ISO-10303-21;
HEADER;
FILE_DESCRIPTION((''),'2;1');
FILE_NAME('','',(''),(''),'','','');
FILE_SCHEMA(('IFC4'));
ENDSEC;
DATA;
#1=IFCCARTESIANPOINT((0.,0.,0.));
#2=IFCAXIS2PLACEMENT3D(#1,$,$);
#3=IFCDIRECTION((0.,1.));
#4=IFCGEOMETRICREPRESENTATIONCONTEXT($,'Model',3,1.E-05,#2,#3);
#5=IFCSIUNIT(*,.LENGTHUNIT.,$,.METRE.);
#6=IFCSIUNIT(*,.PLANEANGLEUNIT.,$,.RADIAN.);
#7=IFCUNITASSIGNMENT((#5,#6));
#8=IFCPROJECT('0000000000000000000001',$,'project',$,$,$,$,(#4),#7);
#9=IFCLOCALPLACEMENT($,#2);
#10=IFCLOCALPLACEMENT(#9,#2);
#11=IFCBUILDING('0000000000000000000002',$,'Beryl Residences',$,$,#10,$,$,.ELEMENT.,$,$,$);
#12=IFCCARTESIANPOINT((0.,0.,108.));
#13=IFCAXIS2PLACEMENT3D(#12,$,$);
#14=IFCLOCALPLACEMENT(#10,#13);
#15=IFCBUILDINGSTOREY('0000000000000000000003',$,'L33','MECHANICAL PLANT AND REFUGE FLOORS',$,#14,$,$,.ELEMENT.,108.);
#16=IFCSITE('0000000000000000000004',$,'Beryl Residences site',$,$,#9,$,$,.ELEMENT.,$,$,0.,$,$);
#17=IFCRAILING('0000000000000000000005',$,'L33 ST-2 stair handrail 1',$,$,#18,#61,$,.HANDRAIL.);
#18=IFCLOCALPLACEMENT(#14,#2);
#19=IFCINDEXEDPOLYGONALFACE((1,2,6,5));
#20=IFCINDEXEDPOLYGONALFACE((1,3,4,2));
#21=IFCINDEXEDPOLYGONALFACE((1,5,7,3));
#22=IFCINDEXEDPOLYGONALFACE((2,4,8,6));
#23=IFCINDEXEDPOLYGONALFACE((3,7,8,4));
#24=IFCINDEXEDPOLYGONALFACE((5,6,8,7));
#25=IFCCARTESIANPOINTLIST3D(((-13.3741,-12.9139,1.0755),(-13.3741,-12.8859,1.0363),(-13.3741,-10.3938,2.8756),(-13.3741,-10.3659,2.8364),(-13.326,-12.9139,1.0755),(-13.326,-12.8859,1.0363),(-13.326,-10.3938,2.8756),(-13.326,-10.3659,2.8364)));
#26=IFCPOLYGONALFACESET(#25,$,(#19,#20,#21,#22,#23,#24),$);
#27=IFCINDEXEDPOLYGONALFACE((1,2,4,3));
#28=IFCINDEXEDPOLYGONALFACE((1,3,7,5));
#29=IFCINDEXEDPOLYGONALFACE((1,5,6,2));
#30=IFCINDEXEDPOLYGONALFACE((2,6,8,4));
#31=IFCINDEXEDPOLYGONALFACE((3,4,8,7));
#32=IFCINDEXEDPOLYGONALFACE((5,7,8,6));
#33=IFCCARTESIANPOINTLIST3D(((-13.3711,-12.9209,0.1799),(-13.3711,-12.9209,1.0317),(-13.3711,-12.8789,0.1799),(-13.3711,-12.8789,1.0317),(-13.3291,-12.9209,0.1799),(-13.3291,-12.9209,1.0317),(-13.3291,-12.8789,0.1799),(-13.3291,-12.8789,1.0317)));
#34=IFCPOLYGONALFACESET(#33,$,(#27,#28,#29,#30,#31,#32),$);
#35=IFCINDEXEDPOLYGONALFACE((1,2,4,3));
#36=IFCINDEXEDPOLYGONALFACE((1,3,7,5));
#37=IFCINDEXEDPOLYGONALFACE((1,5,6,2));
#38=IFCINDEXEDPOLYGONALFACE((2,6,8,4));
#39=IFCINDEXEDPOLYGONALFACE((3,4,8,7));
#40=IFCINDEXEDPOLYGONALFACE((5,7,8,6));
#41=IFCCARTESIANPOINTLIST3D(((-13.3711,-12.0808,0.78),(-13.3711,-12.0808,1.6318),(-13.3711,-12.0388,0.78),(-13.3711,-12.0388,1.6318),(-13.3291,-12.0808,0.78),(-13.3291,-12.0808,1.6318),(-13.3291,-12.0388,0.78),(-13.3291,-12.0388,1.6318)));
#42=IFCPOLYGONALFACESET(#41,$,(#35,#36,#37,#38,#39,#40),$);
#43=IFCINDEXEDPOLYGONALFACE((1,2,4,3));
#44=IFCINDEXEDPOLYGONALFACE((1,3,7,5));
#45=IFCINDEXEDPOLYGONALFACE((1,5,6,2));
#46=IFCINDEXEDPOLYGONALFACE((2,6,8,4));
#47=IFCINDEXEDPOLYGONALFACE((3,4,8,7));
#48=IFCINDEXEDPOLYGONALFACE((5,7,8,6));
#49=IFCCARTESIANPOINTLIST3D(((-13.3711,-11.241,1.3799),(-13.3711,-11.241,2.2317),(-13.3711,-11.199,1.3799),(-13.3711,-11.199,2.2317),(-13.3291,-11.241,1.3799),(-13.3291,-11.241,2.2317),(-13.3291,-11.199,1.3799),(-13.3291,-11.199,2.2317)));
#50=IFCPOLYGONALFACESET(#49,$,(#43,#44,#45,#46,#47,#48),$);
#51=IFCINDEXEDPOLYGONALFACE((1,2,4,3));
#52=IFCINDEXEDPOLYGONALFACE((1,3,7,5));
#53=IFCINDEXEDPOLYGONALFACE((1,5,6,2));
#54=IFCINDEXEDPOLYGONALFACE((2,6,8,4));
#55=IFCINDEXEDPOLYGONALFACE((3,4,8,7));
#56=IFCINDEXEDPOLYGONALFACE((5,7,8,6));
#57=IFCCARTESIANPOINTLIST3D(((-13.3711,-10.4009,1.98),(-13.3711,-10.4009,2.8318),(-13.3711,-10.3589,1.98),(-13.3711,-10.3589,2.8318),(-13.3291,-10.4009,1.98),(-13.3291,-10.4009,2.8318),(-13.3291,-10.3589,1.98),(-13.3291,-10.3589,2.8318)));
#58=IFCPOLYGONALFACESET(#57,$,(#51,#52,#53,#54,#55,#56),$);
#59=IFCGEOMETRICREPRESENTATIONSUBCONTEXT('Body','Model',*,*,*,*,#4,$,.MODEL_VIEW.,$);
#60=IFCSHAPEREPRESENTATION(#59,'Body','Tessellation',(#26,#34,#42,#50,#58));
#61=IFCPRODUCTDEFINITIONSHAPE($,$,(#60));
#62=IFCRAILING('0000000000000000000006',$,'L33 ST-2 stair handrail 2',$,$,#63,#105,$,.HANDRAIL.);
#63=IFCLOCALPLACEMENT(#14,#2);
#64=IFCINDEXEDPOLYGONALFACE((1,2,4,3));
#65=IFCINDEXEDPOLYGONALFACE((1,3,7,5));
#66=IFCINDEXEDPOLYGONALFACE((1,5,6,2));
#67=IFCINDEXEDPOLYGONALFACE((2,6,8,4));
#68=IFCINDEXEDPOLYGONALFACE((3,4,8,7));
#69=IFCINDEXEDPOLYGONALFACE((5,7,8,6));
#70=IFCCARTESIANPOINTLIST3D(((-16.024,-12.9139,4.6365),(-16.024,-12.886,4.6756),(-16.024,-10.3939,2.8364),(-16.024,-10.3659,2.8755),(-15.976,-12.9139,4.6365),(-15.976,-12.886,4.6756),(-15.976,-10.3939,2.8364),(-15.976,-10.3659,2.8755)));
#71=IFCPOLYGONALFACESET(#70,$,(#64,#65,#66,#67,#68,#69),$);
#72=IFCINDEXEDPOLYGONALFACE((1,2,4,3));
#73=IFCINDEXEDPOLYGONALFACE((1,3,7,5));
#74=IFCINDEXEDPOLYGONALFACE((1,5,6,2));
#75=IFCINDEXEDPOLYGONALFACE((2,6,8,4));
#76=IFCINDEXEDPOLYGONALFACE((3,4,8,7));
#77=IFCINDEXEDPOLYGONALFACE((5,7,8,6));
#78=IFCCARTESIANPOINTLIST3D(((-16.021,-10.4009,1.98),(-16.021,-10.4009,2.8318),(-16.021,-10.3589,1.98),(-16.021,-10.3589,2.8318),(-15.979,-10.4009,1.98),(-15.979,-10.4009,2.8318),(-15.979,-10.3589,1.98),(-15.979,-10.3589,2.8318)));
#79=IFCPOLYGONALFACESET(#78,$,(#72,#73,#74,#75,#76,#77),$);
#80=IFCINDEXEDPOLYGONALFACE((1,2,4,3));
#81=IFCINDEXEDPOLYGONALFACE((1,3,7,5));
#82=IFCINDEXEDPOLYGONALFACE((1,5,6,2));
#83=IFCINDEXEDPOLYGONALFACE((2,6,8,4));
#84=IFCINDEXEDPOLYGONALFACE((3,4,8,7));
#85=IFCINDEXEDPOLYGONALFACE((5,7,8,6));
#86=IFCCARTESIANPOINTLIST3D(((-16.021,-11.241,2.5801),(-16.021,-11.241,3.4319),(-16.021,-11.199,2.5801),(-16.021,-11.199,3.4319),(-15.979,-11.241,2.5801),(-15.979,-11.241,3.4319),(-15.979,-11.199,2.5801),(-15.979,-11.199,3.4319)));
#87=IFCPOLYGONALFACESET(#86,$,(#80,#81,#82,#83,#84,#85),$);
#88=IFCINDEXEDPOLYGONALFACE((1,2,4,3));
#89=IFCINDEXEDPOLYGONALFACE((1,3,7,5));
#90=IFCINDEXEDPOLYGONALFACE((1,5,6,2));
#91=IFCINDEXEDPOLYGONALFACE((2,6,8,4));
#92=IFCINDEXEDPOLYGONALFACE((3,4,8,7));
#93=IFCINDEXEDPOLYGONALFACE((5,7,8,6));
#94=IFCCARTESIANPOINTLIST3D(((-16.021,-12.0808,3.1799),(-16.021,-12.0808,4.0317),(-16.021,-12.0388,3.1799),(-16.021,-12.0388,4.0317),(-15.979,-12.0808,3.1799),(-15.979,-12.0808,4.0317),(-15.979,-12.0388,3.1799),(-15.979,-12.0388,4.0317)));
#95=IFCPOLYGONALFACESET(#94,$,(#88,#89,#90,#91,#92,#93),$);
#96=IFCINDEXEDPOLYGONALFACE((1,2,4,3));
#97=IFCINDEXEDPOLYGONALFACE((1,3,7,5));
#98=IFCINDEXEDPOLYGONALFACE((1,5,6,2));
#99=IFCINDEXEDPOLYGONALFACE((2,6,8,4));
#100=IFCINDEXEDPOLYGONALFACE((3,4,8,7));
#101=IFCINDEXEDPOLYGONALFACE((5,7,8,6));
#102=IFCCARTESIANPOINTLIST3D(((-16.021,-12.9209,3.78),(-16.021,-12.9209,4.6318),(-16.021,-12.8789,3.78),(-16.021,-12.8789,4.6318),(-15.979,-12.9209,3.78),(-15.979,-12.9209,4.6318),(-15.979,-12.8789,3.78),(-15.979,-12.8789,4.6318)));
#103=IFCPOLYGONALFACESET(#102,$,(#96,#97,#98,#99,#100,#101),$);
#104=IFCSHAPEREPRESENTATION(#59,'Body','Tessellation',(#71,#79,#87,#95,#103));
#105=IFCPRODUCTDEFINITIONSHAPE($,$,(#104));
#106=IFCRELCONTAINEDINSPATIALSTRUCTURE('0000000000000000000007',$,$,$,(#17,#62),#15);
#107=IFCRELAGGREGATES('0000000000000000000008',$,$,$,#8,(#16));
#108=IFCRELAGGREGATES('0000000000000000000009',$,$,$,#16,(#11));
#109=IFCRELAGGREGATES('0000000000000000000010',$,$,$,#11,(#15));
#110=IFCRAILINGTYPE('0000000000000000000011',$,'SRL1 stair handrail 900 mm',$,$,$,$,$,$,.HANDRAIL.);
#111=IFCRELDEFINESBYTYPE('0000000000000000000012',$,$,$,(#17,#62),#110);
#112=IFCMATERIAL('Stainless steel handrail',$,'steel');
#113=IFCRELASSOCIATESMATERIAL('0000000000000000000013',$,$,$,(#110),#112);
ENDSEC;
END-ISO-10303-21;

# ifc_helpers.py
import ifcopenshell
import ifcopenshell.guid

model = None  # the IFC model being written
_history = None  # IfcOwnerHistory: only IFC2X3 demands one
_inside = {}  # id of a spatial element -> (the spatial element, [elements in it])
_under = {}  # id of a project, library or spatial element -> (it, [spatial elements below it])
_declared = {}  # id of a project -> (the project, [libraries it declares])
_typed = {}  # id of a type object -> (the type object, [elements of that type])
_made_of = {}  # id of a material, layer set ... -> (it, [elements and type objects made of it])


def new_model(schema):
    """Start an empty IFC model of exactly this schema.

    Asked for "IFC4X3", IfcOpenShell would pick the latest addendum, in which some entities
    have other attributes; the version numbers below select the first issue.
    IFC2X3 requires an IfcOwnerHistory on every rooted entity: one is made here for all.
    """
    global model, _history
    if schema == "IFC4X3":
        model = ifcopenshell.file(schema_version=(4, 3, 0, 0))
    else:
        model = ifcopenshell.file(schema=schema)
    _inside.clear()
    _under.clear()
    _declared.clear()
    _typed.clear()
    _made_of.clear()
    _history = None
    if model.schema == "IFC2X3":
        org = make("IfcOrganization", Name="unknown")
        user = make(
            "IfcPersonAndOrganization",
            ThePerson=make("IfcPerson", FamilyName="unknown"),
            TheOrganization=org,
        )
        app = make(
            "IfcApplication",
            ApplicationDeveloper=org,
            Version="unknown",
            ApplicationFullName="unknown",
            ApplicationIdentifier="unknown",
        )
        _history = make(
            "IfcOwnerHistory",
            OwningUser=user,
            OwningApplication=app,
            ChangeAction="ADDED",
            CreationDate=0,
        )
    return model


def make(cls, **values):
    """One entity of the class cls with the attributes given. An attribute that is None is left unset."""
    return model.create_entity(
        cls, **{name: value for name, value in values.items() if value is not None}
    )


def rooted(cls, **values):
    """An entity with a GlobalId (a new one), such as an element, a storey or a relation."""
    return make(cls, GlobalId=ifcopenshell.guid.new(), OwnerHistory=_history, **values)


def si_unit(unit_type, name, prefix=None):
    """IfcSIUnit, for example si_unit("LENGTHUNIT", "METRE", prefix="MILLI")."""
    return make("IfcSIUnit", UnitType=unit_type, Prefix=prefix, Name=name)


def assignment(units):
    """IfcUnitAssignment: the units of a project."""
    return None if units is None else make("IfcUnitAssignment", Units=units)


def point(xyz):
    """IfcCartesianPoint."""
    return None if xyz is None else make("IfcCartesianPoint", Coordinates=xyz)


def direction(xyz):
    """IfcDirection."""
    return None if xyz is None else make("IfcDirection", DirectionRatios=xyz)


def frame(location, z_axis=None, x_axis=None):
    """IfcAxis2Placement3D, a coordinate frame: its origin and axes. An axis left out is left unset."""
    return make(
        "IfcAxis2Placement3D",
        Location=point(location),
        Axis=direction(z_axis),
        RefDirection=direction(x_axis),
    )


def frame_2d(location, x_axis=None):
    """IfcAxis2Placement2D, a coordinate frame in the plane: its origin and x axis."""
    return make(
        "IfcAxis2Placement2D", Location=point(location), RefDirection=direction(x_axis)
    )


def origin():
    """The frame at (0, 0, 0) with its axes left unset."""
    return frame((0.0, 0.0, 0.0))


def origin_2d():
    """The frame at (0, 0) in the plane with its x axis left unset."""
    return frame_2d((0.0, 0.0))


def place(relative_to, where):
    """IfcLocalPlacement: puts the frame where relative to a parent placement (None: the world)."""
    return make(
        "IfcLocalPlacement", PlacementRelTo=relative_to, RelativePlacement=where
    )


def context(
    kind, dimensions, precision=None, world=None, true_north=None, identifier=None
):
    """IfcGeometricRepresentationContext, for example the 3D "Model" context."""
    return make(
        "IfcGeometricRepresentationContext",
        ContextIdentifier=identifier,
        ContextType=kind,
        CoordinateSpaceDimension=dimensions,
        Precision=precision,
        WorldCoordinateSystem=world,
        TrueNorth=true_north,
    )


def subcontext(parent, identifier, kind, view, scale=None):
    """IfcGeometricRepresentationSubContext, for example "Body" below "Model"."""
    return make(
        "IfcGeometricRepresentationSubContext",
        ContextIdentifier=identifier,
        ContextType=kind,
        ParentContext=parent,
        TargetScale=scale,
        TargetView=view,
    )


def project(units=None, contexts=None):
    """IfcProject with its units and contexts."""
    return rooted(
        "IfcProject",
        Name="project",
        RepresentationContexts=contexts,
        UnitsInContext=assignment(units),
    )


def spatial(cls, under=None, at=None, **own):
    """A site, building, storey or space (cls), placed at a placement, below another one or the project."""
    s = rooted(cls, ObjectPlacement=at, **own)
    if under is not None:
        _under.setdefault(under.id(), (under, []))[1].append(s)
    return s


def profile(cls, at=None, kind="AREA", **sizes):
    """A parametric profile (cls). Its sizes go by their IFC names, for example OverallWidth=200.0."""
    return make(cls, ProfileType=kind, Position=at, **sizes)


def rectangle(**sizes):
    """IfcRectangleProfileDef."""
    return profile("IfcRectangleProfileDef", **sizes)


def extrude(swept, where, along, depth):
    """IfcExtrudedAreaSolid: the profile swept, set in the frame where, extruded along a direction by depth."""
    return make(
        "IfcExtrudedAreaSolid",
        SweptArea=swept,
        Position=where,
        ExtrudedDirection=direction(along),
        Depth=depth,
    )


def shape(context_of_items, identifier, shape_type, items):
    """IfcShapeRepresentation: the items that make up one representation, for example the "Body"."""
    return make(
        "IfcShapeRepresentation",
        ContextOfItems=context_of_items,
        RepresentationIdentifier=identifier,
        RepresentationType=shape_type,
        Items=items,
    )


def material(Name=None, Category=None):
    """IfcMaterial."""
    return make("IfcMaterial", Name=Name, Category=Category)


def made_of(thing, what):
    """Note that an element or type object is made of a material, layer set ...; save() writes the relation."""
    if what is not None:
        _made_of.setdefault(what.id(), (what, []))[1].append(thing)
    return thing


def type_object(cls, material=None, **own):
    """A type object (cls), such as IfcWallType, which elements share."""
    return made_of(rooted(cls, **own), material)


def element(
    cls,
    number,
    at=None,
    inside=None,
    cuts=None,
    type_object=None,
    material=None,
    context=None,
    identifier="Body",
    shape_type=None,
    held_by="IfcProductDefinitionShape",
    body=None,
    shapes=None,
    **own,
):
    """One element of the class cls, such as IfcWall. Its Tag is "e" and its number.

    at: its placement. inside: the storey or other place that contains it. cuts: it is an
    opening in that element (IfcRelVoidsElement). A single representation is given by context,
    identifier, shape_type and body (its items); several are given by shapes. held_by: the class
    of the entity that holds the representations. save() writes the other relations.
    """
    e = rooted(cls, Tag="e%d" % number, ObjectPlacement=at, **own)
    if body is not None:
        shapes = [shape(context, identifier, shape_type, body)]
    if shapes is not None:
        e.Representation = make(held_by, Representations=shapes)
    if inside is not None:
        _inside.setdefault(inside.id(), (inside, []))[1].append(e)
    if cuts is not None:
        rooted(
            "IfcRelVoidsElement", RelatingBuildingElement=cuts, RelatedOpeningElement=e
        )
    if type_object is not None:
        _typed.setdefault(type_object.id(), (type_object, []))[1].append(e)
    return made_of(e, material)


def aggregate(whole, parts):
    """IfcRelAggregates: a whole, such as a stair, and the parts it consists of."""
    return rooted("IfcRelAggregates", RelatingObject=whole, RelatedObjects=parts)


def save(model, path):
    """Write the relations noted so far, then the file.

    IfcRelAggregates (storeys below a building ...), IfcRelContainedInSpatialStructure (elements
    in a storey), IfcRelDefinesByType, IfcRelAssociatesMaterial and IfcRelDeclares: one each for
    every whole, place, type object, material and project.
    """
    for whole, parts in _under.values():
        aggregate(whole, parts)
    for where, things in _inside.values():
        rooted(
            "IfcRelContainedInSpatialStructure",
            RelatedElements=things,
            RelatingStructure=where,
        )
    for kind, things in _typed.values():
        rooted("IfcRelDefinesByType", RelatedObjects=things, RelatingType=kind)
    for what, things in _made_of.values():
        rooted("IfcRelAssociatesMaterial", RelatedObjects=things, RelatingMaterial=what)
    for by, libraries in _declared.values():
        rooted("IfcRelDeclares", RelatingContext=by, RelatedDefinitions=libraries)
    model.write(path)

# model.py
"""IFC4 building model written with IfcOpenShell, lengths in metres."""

from ifc_helpers import new_model, si_unit, direction, frame, origin, origin_2d, place, context, subcontext, project, spatial, rectangle, extrude, material, type_object, element, save


model = new_model("IFC4")

# Units and contexts
model_context = context("Model", 3, precision=1e-05, world=origin(), true_north=direction((0.0, 1.0)))
body_context = subcontext(model_context, "Body", "Model", "MODEL_VIEW")
ifc_project = project(units=[si_unit("LENGTHUNIT", "METRE"), si_unit("PLANEANGLEUNIT", "RADIAN")], contexts=[model_context])

# Site, building, storey
site_placement = place(None, origin())
site = spatial("IfcSite", under=ifc_project, at=site_placement, Name="Beryl Residences site", CompositionType="ELEMENT", RefElevation=0.0)
building_placement = place(site_placement, origin())
building = spatial("IfcBuilding", under=site, at=building_placement, Name="Beryl Residences", CompositionType="ELEMENT")
storey_placement = place(building_placement, frame((0.0, 0.0, 108.0)))
storey = spatial("IfcBuildingStorey", under=building, at=storey_placement, Name="L33", Description="MECHANICAL PLANT AND REFUGE FLOORS", CompositionType="ELEMENT", Elevation=108.0)

# Railings
ifc_material_1 = material(Name="Stainless steel handrail", Category="steel")
railing_type_1 = type_object("IfcRailingType", Name="SRL1 stair handrail 900 mm", PredefinedType="HANDRAIL", material=ifc_material_1)
railing_1_placement = place(storey_placement, frame((-13.3501, -12.8999, 0.1799)))
element("IfcRailing", 1, at=railing_1_placement, inside=storey, type_object=railing_type_1, Name="L33 ST-2 stair handrail 1", PredefinedType="HANDRAIL", context=body_context, shape_type="SweptSolid", body=[
    extrude(rectangle(XDim=0.0481, YDim=0.0481, at=origin_2d()), frame((0.0, 0.0, 0.876), z_axis=(0.0, 0.813728, 0.581246), x_axis=(-1.0, 0.0, 0.0)), (0.0, 0.0, 1.0), 3.0969),
    extrude(rectangle(XDim=0.042, YDim=0.042, at=origin_2d()), origin(), (0.0, 0.0, 1.0), 0.8518),
    extrude(rectangle(XDim=0.042, YDim=0.042, at=origin_2d()), frame((0.0, 0.8401, 0.6001)), (0.0, 0.0, 1.0), 0.8518),
    extrude(rectangle(XDim=0.042, YDim=0.042, at=origin_2d()), frame((0.0, 1.6799, 1.2)), (0.0, 0.0, 1.0), 0.8518),
    extrude(rectangle(XDim=0.042, YDim=0.042, at=origin_2d()), frame((0.0, 2.52, 1.8)), (0.0, 0.0, 1.0), 0.8518),
])
railing_2_placement = place(storey_placement, frame((-16.0, -10.3799, 1.98)))
element("IfcRailing", 2, at=railing_2_placement, inside=storey, type_object=railing_type_1, Name="L33 ST-2 stair handrail 2", PredefinedType="HANDRAIL", context=body_context, shape_type="SweptSolid", body=[
    extrude(rectangle(XDim=0.0481, YDim=0.0481, at=origin_2d()), frame((0.0, 0.0, 0.876), z_axis=(0.0, -0.813728, 0.581246), x_axis=(1.0, 0.0, 0.0)), (0.0, 0.0, 1.0), 3.0969),
    extrude(rectangle(XDim=0.042, YDim=0.042, at=origin_2d()), origin(), (0.0, 0.0, 1.0), 0.8518),
    extrude(rectangle(XDim=0.042, YDim=0.042, at=origin_2d()), frame((0.0, -0.8401, 0.6001)), (0.0, 0.0, 1.0), 0.8518),
    extrude(rectangle(XDim=0.042, YDim=0.042, at=origin_2d()), frame((0.0, -1.6799, 1.2)), (0.0, 0.0, 1.0), 0.8518),
    extrude(rectangle(XDim=0.042, YDim=0.042, at=origin_2d()), frame((0.0, -2.52, 1.8)), (0.0, 0.0, 1.0), 0.8518),
])

save(model, "model.ifc")
